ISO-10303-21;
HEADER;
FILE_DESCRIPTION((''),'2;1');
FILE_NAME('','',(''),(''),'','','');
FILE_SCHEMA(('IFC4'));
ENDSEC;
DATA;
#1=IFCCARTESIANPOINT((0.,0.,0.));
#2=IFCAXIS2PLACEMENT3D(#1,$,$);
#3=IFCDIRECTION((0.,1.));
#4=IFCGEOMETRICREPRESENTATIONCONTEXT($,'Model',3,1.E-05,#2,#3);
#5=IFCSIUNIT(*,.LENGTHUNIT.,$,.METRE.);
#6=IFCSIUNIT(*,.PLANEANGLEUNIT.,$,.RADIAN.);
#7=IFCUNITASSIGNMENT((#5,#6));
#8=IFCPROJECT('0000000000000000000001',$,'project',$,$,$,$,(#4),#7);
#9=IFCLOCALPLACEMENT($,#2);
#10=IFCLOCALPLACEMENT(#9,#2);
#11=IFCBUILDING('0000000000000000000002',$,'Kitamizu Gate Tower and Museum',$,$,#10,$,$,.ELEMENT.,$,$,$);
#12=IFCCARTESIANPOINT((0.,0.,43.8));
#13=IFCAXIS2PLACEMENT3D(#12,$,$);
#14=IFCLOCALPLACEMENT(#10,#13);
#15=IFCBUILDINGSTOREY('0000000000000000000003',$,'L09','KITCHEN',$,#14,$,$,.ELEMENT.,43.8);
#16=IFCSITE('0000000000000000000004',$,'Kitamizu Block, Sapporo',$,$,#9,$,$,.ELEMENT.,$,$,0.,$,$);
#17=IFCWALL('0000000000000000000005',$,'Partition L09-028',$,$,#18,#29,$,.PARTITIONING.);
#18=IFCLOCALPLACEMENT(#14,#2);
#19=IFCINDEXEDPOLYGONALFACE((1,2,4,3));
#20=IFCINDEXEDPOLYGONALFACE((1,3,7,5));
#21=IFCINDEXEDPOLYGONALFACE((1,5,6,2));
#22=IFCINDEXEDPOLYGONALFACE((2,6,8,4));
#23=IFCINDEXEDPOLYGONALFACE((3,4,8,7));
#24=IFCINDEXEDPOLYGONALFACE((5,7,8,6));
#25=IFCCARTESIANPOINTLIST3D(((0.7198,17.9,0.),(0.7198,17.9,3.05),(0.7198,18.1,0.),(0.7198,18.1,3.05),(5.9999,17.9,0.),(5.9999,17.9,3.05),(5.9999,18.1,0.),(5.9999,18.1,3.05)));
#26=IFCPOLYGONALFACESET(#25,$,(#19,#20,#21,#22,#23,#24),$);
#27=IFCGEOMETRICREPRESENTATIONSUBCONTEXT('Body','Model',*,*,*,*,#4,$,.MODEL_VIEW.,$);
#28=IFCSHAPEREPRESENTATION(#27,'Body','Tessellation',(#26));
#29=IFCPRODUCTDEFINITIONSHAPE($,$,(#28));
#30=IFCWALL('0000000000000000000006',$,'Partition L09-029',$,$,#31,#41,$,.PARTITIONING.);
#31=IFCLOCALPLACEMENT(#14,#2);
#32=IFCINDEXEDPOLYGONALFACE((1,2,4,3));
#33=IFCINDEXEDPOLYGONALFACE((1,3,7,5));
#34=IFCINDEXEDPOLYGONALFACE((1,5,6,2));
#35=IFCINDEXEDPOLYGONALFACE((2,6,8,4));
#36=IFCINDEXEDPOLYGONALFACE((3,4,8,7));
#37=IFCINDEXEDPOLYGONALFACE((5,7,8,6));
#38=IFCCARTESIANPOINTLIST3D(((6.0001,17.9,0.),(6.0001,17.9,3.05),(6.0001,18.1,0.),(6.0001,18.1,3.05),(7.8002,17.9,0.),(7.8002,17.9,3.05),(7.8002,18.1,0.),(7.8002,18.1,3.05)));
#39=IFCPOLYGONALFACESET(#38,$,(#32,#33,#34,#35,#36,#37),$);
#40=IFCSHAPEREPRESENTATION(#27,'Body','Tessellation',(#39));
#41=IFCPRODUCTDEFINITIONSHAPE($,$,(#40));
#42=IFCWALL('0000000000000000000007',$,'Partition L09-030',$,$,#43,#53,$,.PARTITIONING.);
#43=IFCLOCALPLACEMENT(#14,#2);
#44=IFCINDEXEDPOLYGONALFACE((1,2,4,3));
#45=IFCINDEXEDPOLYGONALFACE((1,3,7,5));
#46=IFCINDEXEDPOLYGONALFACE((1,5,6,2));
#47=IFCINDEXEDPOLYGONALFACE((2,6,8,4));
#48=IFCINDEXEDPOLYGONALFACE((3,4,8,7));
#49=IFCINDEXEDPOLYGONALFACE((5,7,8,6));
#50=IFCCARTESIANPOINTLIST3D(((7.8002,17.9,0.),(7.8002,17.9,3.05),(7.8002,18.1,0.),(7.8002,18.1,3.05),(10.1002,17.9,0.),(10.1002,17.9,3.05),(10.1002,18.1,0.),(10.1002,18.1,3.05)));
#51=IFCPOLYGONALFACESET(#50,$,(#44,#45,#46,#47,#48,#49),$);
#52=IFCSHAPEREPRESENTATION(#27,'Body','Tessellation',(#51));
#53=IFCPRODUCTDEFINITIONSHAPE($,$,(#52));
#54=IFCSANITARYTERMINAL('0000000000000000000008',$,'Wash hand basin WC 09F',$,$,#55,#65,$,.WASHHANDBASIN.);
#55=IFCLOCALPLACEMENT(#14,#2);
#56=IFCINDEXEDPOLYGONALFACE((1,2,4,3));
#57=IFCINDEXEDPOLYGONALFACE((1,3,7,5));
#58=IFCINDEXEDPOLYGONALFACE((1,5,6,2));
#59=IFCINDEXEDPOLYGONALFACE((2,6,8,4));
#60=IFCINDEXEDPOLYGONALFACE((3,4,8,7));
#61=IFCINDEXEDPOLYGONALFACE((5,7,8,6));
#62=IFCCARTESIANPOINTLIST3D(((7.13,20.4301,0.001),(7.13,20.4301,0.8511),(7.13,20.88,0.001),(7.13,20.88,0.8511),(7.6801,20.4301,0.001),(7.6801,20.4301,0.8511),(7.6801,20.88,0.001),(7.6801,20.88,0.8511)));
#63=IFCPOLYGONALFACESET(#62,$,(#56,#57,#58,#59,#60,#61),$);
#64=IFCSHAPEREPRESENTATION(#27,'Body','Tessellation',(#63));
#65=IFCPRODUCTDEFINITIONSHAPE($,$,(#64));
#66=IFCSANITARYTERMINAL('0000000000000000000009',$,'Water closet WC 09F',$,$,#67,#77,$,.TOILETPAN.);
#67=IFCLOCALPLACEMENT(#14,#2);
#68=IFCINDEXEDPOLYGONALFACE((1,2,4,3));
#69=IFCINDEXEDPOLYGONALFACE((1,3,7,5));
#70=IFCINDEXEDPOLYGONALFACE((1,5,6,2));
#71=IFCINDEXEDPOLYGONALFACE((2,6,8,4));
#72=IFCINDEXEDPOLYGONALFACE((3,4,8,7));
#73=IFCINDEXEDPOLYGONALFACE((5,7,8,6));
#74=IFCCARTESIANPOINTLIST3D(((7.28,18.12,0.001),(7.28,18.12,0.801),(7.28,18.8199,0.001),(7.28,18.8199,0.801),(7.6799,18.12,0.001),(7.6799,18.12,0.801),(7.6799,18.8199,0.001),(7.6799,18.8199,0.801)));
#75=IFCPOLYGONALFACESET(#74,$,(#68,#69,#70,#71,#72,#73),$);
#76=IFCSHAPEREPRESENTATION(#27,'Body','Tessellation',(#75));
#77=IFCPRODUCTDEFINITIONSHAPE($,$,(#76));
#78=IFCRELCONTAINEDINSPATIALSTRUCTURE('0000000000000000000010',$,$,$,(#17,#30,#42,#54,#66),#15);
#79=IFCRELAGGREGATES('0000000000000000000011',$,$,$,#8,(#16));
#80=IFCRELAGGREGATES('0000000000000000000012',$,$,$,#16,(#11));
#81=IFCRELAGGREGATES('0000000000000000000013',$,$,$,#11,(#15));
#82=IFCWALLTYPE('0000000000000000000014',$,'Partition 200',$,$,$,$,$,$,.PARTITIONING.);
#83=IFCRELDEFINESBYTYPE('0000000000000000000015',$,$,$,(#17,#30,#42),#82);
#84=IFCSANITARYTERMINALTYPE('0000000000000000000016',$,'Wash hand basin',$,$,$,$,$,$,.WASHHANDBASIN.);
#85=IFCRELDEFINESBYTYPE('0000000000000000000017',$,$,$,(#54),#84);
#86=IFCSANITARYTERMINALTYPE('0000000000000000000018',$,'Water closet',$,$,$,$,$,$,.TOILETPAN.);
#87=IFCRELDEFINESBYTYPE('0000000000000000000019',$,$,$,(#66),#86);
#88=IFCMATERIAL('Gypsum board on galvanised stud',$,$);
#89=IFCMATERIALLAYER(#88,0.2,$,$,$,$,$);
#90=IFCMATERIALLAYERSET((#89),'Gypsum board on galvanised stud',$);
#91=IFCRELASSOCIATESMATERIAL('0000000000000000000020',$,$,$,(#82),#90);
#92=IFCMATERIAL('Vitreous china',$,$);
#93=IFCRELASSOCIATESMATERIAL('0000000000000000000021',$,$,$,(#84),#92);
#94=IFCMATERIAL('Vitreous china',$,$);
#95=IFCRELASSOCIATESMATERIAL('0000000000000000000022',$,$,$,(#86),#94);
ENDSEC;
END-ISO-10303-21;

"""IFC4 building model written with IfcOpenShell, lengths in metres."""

from ifc_helpers import new_model, si_unit, direction, frame, frame_2d, origin, origin_2d, place, context, subcontext, project, spatial, rectangle, extrude, material, layer, layer_set, type_object, element, save


model = new_model("IFC4")

# Units and contexts
model_context = context("Model", 3, precision=1e-05, world=origin(), true_north=direction((0.0, 1.0)))
body_context = subcontext(model_context, "Body", "Model", "MODEL_VIEW")
ifc_project = project(units=[si_unit("LENGTHUNIT", "METRE"), si_unit("PLANEANGLEUNIT", "RADIAN")], contexts=[model_context])

# Site, building, storey
site_placement = place(None, origin())
site = spatial("IfcSite", under=ifc_project, at=site_placement, Name="Kitamizu Block, Sapporo", CompositionType="ELEMENT", RefElevation=0.0)
building_placement = place(site_placement, origin())
building = spatial("IfcBuilding", under=site, at=building_placement, Name="Kitamizu Gate Tower and Museum", CompositionType="ELEMENT")
storey_placement = place(building_placement, frame((0.0, 0.0, 43.8)))
storey = spatial("IfcBuildingStorey", under=building, at=storey_placement, Name="L09", Description="KITCHEN", CompositionType="ELEMENT", Elevation=43.8)

# Walls
ifc_material_1 = material(Name="Gypsum board on galvanised stud")
ifc_layer_1 = layer(ifc_material_1, 0.2)
ifc_layer_set_1 = layer_set([ifc_layer_1], Name="Gypsum board on galvanised stud")
wall_type_1 = type_object("IfcWallType", Name="Partition 200", PredefinedType="PARTITIONING", material=ifc_layer_set_1)
wall_1_placement = place(storey_placement, frame((6.0, 18.0, 0.0), z_axis=(0.0, 0.0, 1.0), x_axis=(-1.0, 0.0, 0.0)))
element("IfcWall", 1, at=wall_1_placement, inside=storey, type_object=wall_type_1, Name="Partition L09-028", PredefinedType="PARTITIONING", context=body_context, shape_type="SweptSolid", body=[
    extrude(rectangle(XDim=5.28, YDim=0.2, at=frame_2d((2.6401, 0.0))), origin(), (0.0, 0.0, 1.0), 3.05),
])
wall_2_placement = place(storey_placement, frame((7.8, 18.0, 0.0), z_axis=(0.0, 0.0, 1.0), x_axis=(-1.0, 0.0, 0.0)))
element("IfcWall", 2, at=wall_2_placement, inside=storey, type_object=wall_type_1, Name="Partition L09-029", PredefinedType="PARTITIONING", context=body_context, shape_type="SweptSolid", body=[
    extrude(rectangle(XDim=1.8, YDim=0.2, at=frame_2d((0.8999, 0.0))), origin(), (0.0, 0.0, 1.0), 3.05),
])
wall_3_placement = place(storey_placement, frame((10.1001, 18.0, 0.0), z_axis=(0.0, 0.0, 1.0), x_axis=(-1.0, 0.0, 0.0)))
element("IfcWall", 3, at=wall_3_placement, inside=storey, type_object=wall_type_1, Name="Partition L09-030", PredefinedType="PARTITIONING", context=body_context, shape_type="SweptSolid", body=[
    extrude(rectangle(XDim=2.3, YDim=0.2, at=frame_2d((1.1499, 0.0))), origin(), (0.0, 0.0, 1.0), 3.05),
])

# Sanitary terminals
ifc_material_2 = material(Name="Vitreous china")
sanitary_terminal_type_1 = type_object("IfcSanitaryTerminalType", Name="Wash hand basin", PredefinedType="WASHHANDBASIN", material=ifc_material_2)
sanitary_terminal_1_placement = place(storey_placement, frame((7.405, 20.655, 0.001), z_axis=(0.0, 0.0, 1.0), x_axis=(1.0, 0.0, 0.0)))
element("IfcSanitaryTerminal", 4, at=sanitary_terminal_1_placement, inside=storey, type_object=sanitary_terminal_type_1, Name="Wash hand basin WC 09F", PredefinedType="WASHHANDBASIN", context=body_context, shape_type="SweptSolid", body=[
    extrude(rectangle(XDim=0.55, YDim=0.45, at=origin_2d()), origin(), (0.0, 0.0, 1.0), 0.8501),
])
ifc_material_3 = material(Name="Vitreous china")
sanitary_terminal_type_2 = type_object("IfcSanitaryTerminalType", Name="Water closet", PredefinedType="TOILETPAN", material=ifc_material_3)
sanitary_terminal_2_placement = place(storey_placement, frame((7.48, 18.47, 0.001), z_axis=(0.0, 0.0, 1.0), x_axis=(1.0, 0.0, 0.0)))
element("IfcSanitaryTerminal", 5, at=sanitary_terminal_2_placement, inside=storey, type_object=sanitary_terminal_type_2, Name="Water closet WC 09F", PredefinedType="TOILETPAN", context=body_context, shape_type="SweptSolid", body=[
    extrude(rectangle(XDim=0.3999, YDim=0.7, at=origin_2d()), origin(), (0.0, 0.0, 1.0), 0.8),
])

save(model, "model.ifc")
